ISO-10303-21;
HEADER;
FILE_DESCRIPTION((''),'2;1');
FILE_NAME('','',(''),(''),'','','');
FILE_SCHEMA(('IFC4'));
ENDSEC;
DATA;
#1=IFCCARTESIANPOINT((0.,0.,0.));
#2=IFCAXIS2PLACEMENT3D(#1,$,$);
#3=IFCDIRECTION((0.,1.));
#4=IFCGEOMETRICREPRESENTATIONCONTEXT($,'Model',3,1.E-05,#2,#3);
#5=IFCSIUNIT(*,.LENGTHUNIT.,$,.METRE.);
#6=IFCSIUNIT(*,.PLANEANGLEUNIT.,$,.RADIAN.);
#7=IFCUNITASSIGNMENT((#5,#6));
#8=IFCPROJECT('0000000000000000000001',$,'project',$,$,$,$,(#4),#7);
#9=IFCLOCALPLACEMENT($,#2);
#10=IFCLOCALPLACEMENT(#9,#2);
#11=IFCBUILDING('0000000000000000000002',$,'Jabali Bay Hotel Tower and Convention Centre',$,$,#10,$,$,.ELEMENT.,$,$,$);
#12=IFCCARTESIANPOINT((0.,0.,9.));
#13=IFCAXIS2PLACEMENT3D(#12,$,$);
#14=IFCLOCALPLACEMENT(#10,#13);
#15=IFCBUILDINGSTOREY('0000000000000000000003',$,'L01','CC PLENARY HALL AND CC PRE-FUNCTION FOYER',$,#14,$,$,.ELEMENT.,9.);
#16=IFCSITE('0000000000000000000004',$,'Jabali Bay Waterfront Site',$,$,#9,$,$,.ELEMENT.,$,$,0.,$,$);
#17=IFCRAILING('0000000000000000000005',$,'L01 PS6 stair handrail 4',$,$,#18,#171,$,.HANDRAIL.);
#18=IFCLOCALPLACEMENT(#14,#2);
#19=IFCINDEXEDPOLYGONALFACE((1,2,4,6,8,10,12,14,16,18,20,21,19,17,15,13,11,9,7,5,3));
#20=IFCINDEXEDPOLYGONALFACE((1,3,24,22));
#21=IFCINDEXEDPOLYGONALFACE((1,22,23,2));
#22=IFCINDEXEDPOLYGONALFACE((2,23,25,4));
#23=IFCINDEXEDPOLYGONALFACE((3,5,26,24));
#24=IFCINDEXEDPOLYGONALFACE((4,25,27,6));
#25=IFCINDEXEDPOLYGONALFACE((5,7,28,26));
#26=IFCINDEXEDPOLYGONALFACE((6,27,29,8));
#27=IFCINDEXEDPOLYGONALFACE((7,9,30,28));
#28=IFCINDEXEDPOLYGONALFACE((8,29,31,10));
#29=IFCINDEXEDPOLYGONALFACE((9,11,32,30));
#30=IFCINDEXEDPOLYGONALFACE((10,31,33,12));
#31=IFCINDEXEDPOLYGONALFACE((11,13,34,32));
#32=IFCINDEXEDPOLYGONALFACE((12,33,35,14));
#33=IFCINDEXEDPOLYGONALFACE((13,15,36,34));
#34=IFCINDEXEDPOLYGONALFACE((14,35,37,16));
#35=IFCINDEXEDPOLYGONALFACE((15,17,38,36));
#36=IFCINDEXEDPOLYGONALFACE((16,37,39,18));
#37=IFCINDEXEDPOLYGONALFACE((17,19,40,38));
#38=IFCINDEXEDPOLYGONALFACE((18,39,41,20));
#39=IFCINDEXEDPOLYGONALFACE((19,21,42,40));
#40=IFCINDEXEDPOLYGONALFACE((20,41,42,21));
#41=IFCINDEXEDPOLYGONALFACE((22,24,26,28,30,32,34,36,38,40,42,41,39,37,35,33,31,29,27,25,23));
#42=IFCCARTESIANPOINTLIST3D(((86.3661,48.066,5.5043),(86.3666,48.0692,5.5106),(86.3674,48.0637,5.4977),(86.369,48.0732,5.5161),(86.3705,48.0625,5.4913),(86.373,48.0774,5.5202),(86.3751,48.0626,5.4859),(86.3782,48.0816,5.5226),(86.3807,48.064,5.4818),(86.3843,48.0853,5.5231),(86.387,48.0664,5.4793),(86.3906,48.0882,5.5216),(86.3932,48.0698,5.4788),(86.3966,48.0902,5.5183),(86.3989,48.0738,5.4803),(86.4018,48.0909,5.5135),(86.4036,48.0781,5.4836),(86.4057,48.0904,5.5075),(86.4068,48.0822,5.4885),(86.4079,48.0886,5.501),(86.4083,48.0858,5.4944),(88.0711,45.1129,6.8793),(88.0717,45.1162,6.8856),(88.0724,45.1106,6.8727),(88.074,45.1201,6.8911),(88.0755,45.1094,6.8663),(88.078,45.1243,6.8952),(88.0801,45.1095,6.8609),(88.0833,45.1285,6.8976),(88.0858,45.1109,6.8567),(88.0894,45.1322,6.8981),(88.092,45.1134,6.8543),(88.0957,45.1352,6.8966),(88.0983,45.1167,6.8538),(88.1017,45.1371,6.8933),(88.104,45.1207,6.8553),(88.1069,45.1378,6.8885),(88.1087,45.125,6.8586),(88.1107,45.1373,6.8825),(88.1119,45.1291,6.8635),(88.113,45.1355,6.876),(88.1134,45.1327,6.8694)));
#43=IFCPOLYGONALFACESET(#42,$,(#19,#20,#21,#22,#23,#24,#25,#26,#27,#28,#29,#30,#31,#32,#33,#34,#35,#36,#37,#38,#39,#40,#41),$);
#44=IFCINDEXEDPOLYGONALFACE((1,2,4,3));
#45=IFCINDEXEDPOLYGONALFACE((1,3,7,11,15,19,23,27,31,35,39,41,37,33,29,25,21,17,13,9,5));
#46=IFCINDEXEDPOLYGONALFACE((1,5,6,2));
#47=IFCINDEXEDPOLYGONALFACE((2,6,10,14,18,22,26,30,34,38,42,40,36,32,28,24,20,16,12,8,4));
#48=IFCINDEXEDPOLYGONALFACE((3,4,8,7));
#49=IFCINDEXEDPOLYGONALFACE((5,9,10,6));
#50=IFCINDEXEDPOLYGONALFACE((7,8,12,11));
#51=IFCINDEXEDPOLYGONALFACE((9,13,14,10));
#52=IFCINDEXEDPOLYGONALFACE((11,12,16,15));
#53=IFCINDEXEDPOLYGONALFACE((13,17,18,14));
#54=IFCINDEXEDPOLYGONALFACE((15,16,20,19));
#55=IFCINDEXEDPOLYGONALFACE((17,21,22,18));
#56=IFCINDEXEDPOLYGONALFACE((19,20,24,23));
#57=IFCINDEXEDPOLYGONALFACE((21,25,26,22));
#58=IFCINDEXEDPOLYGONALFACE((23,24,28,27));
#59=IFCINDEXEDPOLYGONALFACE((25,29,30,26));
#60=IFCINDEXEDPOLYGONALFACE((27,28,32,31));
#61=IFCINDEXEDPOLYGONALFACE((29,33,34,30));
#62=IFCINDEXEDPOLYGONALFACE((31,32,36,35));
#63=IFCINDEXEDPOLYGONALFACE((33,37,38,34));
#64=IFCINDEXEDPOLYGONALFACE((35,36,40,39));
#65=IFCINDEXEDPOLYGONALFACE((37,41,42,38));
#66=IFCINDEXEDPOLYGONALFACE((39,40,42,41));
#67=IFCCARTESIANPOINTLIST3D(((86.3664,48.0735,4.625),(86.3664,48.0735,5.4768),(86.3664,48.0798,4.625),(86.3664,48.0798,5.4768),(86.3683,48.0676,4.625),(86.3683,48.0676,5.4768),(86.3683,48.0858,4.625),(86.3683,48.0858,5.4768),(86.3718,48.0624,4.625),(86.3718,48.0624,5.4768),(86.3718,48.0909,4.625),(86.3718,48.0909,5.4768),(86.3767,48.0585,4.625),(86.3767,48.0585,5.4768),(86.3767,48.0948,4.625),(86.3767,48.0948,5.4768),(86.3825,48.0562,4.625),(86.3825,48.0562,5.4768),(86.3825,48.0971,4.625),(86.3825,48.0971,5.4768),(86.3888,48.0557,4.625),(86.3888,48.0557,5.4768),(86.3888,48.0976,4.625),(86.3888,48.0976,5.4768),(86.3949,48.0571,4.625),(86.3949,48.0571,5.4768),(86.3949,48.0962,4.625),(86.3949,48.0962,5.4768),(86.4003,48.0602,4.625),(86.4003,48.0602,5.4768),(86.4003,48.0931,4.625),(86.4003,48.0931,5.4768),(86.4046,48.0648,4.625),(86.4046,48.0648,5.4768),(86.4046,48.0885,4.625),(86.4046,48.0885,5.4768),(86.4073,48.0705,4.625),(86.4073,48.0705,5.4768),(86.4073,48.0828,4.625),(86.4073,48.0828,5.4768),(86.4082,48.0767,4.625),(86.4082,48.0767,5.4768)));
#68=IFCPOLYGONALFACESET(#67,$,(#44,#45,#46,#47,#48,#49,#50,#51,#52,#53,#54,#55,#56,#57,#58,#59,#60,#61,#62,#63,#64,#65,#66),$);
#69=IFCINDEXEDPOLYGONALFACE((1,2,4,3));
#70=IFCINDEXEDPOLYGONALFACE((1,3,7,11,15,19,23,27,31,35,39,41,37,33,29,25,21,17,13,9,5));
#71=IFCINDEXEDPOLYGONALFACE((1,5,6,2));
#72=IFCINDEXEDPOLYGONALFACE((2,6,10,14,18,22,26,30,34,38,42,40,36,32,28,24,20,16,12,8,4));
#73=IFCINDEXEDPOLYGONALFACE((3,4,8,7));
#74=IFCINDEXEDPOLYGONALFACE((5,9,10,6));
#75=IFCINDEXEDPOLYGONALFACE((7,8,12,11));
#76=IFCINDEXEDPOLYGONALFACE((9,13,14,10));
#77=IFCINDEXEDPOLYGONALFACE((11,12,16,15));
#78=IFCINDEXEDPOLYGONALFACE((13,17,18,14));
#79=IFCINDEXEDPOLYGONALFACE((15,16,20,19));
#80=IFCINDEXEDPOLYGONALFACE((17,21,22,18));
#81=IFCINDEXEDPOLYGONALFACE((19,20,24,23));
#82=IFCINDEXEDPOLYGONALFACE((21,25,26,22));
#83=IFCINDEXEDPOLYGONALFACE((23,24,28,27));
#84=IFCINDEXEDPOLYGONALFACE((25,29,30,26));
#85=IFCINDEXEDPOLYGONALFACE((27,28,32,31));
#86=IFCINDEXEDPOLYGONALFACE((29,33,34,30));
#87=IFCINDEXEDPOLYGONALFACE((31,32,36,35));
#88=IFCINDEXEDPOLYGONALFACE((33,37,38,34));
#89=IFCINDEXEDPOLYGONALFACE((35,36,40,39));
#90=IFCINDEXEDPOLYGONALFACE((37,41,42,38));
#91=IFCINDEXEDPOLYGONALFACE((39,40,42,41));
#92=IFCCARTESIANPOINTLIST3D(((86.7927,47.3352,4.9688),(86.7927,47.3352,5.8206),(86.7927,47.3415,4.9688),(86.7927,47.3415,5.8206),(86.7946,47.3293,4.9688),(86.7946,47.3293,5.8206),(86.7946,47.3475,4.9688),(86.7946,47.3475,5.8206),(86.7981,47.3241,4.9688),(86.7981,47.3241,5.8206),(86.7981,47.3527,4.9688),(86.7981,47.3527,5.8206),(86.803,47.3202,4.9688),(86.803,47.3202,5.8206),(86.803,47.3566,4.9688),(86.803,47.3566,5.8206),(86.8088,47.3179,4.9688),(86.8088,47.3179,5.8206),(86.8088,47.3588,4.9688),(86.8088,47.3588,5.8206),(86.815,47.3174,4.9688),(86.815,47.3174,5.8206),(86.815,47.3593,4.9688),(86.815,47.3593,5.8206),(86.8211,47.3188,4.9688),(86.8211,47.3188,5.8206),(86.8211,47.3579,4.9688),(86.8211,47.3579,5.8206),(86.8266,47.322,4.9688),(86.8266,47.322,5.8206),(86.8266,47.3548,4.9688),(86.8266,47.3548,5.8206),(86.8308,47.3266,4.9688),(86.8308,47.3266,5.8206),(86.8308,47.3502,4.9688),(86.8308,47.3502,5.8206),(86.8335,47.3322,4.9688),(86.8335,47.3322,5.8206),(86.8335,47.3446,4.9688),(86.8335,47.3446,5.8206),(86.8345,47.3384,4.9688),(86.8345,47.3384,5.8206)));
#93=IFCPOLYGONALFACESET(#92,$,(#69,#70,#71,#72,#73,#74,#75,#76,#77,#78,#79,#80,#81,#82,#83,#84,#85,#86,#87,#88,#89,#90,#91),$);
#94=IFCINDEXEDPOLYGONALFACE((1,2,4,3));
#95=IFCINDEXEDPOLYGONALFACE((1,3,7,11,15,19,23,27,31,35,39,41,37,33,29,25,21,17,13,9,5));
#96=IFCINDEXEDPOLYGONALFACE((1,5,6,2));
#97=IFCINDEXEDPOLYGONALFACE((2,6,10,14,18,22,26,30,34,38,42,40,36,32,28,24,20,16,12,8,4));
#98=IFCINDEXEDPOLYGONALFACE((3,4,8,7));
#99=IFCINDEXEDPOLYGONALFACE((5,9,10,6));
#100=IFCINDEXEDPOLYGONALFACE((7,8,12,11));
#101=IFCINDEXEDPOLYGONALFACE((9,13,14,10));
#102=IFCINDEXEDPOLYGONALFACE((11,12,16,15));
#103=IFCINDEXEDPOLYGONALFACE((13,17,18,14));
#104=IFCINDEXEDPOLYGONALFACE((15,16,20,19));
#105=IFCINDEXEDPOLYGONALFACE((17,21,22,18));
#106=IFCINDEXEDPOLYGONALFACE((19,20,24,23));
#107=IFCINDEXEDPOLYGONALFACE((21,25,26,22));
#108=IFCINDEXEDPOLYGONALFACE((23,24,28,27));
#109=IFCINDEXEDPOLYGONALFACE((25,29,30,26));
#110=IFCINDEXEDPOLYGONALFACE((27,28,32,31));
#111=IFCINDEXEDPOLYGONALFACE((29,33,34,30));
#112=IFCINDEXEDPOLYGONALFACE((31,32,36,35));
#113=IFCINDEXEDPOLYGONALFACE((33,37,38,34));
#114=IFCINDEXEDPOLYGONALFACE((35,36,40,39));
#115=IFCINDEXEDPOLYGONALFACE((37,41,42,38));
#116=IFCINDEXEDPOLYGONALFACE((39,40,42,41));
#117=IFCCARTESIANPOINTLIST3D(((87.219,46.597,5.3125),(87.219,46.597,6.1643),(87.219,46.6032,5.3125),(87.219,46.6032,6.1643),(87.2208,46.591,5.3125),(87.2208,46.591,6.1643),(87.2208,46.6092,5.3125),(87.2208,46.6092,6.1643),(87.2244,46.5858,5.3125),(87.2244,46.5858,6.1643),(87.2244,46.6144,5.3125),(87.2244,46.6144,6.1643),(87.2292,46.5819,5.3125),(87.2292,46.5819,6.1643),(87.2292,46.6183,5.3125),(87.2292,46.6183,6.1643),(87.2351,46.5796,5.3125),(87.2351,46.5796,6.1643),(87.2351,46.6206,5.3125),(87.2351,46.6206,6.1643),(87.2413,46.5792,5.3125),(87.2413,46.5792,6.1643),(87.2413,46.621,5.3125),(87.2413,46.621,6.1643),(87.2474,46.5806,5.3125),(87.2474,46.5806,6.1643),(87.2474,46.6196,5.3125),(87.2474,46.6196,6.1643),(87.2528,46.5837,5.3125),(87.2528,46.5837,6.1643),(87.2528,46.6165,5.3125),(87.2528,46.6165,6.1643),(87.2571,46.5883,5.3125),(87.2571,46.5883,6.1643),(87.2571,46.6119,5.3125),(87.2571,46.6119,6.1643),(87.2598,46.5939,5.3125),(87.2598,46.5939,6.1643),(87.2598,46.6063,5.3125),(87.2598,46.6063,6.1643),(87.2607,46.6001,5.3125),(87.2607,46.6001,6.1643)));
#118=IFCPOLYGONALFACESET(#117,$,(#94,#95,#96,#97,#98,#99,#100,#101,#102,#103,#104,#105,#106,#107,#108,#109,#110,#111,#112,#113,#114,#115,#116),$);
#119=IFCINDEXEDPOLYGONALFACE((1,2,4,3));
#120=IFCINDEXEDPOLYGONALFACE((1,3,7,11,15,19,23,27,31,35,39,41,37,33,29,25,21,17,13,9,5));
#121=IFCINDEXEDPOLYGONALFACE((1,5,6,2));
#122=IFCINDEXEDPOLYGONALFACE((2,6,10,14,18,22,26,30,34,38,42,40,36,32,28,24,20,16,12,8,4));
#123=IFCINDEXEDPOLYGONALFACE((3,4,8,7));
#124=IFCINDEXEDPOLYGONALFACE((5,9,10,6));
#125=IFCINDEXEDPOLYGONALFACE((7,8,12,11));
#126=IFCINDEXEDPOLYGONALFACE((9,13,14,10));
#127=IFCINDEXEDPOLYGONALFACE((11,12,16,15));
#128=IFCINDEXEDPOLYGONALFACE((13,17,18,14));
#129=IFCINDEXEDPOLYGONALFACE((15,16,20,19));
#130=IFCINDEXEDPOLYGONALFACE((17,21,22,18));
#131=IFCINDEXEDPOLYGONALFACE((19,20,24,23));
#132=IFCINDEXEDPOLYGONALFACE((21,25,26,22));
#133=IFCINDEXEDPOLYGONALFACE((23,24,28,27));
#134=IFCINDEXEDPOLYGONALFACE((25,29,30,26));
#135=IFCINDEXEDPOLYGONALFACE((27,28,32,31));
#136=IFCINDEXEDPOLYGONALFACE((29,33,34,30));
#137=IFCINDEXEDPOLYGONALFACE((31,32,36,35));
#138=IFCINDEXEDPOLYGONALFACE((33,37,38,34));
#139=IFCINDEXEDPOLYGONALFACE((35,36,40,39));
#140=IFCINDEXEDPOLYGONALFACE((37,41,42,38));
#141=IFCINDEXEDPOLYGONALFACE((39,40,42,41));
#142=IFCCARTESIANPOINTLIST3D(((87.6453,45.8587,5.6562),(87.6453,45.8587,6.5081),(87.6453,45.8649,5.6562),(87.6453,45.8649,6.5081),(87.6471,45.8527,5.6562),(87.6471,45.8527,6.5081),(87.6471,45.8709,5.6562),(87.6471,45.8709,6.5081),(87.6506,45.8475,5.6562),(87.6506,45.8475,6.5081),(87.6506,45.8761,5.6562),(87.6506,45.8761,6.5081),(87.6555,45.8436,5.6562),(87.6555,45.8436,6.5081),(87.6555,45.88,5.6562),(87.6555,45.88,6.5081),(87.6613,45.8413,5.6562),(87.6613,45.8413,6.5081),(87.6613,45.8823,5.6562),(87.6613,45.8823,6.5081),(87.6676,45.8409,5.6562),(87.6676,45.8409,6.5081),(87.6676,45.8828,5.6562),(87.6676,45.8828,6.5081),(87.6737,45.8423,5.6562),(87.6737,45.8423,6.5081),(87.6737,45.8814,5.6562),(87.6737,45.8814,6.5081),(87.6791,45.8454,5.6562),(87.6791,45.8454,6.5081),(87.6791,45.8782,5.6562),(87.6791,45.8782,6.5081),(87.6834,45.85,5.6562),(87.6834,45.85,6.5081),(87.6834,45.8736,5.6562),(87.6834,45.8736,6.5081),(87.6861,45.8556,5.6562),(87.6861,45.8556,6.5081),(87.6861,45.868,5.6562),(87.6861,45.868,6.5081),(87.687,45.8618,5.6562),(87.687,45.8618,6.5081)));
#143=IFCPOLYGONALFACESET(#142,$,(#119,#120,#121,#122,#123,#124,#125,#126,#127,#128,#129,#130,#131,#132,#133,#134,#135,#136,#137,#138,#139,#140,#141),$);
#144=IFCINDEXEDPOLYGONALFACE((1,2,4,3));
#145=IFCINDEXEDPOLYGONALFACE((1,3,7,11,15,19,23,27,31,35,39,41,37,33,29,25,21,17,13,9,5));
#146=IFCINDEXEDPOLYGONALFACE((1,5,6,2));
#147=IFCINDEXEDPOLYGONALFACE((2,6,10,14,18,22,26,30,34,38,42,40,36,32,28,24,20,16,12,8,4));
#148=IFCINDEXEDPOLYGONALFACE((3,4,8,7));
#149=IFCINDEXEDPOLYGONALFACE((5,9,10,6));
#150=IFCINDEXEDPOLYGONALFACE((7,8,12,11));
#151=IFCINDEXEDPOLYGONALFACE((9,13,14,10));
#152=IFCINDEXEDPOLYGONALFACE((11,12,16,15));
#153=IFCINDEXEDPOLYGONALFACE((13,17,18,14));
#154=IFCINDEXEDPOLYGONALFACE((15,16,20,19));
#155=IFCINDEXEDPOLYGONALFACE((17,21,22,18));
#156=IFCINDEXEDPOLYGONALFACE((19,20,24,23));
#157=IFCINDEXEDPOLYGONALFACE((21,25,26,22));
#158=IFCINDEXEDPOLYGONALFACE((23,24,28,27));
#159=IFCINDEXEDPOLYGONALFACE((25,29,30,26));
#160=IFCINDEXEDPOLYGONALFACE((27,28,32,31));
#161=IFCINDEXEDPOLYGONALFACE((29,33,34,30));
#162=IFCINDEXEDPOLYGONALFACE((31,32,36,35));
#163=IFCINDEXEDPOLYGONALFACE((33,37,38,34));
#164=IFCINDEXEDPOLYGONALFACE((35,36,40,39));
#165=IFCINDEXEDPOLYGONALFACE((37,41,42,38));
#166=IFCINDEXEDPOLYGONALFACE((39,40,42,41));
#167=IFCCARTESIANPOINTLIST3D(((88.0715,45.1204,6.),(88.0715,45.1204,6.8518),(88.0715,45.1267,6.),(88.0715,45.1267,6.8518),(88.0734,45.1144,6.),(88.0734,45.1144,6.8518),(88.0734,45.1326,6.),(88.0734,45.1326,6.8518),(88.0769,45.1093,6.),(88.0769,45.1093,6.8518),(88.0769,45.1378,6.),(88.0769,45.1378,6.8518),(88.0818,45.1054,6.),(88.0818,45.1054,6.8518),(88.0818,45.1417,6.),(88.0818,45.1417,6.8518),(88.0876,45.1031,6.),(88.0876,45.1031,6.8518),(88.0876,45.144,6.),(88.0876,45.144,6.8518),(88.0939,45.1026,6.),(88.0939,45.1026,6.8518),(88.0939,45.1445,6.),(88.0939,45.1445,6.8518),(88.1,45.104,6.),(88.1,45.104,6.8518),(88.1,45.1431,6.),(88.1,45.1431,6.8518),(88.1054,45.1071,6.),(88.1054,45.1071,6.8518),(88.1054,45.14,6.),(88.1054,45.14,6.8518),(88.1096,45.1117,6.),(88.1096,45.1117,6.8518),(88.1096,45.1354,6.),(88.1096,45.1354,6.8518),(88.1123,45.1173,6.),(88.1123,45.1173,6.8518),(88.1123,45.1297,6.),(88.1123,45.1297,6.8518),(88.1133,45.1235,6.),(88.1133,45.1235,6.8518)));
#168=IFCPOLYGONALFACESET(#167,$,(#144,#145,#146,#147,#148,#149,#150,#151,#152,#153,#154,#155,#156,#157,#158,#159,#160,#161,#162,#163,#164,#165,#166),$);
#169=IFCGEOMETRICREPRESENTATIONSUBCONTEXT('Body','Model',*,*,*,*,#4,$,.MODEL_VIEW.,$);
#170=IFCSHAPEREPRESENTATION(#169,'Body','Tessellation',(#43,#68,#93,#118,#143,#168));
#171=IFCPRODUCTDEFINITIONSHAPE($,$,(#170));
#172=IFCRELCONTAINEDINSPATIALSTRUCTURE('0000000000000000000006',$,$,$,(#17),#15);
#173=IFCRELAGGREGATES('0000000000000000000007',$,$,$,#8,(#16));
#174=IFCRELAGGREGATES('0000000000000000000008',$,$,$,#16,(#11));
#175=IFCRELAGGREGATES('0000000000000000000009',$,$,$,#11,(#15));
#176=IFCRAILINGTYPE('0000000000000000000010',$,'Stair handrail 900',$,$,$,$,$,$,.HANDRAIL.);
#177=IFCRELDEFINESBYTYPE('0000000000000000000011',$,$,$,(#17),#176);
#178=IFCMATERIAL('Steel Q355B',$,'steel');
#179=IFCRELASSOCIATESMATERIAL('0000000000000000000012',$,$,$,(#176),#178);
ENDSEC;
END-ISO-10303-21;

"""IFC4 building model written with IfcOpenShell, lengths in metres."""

from ifc_helpers import new_model, si_unit, direction, frame, origin, origin_2d, place, context, subcontext, project, spatial, circle, extrude, material, type_object, element, save


model = new_model("IFC4")

# Units and contexts
model_context = context("Model", 3, precision=1e-05, world=origin(), true_north=direction((0.0, 1.0)))
body_context = subcontext(model_context, "Body", "Model", "MODEL_VIEW")
ifc_project = project(units=[si_unit("LENGTHUNIT", "METRE"), si_unit("PLANEANGLEUNIT", "RADIAN")], contexts=[model_context])

# Site, building, storey
site_placement = place(None, origin())
site = spatial("IfcSite", under=ifc_project, at=site_placement, Name="Jabali Bay Waterfront Site", CompositionType="ELEMENT", RefElevation=0.0)
building_placement = place(site_placement, origin())
building = spatial("IfcBuilding", under=site, at=building_placement, Name="Jabali Bay Hotel Tower and Convention Centre", CompositionType="ELEMENT")
storey_placement = place(building_placement, frame((0.0, 0.0, 9.0)))
storey = spatial("IfcBuildingStorey", under=building, at=storey_placement, Name="L01", Description="CC PLENARY HALL AND CC PRE-FUNCTION FOYER", CompositionType="ELEMENT", Elevation=9.0)

# Railing
ifc_material_1 = material(Name="Steel Q355B", Category="steel")
railing_type = type_object("IfcRailingType", Name="Stair handrail 900", PredefinedType="HANDRAIL", material=ifc_material_1)
for number, where, name in (
    (1, (86.3872, 48.0767, 4.625), "L01 PS6 stair handrail 4"),
):
    element("IfcRailing", number, at=place(storey_placement, frame(where)), inside=storey, type_object=railing_type, Name=name, PredefinedType="HANDRAIL", context=body_context, shape_type="SweptSolid", body=[
        extrude(circle(Radius=0.0239, at=origin_2d()), frame((0.0, 0.0, 0.876), z_axis=(0.46374, -0.803178, 0.373966), x_axis=(0.866014, 0.50002, 0.0)), (0.0, 0.0, 1.0), 3.6768),
        extrude(circle(Radius=0.021, at=origin_2d()), origin(), (0.0, 0.0, 1.0), 0.8518),
        extrude(circle(Radius=0.021, at=origin_2d()), frame((0.4263, -0.7383, 0.3438)), (0.0, 0.0, 1.0), 0.8518),
        extrude(circle(Radius=0.021, at=origin_2d()), frame((0.8525, -1.4766, 0.6875)), (0.0, 0.0, 1.0), 0.8518),
        extrude(circle(Radius=0.021, at=origin_2d()), frame((1.2788, -2.2148, 1.0312)), (0.0, 0.0, 1.0), 0.8518),
        extrude(circle(Radius=0.021, at=origin_2d()), frame((1.7051, -2.9531, 1.375)), (0.0, 0.0, 1.0), 0.8518),
    ])

save(model, "model.ifc")
